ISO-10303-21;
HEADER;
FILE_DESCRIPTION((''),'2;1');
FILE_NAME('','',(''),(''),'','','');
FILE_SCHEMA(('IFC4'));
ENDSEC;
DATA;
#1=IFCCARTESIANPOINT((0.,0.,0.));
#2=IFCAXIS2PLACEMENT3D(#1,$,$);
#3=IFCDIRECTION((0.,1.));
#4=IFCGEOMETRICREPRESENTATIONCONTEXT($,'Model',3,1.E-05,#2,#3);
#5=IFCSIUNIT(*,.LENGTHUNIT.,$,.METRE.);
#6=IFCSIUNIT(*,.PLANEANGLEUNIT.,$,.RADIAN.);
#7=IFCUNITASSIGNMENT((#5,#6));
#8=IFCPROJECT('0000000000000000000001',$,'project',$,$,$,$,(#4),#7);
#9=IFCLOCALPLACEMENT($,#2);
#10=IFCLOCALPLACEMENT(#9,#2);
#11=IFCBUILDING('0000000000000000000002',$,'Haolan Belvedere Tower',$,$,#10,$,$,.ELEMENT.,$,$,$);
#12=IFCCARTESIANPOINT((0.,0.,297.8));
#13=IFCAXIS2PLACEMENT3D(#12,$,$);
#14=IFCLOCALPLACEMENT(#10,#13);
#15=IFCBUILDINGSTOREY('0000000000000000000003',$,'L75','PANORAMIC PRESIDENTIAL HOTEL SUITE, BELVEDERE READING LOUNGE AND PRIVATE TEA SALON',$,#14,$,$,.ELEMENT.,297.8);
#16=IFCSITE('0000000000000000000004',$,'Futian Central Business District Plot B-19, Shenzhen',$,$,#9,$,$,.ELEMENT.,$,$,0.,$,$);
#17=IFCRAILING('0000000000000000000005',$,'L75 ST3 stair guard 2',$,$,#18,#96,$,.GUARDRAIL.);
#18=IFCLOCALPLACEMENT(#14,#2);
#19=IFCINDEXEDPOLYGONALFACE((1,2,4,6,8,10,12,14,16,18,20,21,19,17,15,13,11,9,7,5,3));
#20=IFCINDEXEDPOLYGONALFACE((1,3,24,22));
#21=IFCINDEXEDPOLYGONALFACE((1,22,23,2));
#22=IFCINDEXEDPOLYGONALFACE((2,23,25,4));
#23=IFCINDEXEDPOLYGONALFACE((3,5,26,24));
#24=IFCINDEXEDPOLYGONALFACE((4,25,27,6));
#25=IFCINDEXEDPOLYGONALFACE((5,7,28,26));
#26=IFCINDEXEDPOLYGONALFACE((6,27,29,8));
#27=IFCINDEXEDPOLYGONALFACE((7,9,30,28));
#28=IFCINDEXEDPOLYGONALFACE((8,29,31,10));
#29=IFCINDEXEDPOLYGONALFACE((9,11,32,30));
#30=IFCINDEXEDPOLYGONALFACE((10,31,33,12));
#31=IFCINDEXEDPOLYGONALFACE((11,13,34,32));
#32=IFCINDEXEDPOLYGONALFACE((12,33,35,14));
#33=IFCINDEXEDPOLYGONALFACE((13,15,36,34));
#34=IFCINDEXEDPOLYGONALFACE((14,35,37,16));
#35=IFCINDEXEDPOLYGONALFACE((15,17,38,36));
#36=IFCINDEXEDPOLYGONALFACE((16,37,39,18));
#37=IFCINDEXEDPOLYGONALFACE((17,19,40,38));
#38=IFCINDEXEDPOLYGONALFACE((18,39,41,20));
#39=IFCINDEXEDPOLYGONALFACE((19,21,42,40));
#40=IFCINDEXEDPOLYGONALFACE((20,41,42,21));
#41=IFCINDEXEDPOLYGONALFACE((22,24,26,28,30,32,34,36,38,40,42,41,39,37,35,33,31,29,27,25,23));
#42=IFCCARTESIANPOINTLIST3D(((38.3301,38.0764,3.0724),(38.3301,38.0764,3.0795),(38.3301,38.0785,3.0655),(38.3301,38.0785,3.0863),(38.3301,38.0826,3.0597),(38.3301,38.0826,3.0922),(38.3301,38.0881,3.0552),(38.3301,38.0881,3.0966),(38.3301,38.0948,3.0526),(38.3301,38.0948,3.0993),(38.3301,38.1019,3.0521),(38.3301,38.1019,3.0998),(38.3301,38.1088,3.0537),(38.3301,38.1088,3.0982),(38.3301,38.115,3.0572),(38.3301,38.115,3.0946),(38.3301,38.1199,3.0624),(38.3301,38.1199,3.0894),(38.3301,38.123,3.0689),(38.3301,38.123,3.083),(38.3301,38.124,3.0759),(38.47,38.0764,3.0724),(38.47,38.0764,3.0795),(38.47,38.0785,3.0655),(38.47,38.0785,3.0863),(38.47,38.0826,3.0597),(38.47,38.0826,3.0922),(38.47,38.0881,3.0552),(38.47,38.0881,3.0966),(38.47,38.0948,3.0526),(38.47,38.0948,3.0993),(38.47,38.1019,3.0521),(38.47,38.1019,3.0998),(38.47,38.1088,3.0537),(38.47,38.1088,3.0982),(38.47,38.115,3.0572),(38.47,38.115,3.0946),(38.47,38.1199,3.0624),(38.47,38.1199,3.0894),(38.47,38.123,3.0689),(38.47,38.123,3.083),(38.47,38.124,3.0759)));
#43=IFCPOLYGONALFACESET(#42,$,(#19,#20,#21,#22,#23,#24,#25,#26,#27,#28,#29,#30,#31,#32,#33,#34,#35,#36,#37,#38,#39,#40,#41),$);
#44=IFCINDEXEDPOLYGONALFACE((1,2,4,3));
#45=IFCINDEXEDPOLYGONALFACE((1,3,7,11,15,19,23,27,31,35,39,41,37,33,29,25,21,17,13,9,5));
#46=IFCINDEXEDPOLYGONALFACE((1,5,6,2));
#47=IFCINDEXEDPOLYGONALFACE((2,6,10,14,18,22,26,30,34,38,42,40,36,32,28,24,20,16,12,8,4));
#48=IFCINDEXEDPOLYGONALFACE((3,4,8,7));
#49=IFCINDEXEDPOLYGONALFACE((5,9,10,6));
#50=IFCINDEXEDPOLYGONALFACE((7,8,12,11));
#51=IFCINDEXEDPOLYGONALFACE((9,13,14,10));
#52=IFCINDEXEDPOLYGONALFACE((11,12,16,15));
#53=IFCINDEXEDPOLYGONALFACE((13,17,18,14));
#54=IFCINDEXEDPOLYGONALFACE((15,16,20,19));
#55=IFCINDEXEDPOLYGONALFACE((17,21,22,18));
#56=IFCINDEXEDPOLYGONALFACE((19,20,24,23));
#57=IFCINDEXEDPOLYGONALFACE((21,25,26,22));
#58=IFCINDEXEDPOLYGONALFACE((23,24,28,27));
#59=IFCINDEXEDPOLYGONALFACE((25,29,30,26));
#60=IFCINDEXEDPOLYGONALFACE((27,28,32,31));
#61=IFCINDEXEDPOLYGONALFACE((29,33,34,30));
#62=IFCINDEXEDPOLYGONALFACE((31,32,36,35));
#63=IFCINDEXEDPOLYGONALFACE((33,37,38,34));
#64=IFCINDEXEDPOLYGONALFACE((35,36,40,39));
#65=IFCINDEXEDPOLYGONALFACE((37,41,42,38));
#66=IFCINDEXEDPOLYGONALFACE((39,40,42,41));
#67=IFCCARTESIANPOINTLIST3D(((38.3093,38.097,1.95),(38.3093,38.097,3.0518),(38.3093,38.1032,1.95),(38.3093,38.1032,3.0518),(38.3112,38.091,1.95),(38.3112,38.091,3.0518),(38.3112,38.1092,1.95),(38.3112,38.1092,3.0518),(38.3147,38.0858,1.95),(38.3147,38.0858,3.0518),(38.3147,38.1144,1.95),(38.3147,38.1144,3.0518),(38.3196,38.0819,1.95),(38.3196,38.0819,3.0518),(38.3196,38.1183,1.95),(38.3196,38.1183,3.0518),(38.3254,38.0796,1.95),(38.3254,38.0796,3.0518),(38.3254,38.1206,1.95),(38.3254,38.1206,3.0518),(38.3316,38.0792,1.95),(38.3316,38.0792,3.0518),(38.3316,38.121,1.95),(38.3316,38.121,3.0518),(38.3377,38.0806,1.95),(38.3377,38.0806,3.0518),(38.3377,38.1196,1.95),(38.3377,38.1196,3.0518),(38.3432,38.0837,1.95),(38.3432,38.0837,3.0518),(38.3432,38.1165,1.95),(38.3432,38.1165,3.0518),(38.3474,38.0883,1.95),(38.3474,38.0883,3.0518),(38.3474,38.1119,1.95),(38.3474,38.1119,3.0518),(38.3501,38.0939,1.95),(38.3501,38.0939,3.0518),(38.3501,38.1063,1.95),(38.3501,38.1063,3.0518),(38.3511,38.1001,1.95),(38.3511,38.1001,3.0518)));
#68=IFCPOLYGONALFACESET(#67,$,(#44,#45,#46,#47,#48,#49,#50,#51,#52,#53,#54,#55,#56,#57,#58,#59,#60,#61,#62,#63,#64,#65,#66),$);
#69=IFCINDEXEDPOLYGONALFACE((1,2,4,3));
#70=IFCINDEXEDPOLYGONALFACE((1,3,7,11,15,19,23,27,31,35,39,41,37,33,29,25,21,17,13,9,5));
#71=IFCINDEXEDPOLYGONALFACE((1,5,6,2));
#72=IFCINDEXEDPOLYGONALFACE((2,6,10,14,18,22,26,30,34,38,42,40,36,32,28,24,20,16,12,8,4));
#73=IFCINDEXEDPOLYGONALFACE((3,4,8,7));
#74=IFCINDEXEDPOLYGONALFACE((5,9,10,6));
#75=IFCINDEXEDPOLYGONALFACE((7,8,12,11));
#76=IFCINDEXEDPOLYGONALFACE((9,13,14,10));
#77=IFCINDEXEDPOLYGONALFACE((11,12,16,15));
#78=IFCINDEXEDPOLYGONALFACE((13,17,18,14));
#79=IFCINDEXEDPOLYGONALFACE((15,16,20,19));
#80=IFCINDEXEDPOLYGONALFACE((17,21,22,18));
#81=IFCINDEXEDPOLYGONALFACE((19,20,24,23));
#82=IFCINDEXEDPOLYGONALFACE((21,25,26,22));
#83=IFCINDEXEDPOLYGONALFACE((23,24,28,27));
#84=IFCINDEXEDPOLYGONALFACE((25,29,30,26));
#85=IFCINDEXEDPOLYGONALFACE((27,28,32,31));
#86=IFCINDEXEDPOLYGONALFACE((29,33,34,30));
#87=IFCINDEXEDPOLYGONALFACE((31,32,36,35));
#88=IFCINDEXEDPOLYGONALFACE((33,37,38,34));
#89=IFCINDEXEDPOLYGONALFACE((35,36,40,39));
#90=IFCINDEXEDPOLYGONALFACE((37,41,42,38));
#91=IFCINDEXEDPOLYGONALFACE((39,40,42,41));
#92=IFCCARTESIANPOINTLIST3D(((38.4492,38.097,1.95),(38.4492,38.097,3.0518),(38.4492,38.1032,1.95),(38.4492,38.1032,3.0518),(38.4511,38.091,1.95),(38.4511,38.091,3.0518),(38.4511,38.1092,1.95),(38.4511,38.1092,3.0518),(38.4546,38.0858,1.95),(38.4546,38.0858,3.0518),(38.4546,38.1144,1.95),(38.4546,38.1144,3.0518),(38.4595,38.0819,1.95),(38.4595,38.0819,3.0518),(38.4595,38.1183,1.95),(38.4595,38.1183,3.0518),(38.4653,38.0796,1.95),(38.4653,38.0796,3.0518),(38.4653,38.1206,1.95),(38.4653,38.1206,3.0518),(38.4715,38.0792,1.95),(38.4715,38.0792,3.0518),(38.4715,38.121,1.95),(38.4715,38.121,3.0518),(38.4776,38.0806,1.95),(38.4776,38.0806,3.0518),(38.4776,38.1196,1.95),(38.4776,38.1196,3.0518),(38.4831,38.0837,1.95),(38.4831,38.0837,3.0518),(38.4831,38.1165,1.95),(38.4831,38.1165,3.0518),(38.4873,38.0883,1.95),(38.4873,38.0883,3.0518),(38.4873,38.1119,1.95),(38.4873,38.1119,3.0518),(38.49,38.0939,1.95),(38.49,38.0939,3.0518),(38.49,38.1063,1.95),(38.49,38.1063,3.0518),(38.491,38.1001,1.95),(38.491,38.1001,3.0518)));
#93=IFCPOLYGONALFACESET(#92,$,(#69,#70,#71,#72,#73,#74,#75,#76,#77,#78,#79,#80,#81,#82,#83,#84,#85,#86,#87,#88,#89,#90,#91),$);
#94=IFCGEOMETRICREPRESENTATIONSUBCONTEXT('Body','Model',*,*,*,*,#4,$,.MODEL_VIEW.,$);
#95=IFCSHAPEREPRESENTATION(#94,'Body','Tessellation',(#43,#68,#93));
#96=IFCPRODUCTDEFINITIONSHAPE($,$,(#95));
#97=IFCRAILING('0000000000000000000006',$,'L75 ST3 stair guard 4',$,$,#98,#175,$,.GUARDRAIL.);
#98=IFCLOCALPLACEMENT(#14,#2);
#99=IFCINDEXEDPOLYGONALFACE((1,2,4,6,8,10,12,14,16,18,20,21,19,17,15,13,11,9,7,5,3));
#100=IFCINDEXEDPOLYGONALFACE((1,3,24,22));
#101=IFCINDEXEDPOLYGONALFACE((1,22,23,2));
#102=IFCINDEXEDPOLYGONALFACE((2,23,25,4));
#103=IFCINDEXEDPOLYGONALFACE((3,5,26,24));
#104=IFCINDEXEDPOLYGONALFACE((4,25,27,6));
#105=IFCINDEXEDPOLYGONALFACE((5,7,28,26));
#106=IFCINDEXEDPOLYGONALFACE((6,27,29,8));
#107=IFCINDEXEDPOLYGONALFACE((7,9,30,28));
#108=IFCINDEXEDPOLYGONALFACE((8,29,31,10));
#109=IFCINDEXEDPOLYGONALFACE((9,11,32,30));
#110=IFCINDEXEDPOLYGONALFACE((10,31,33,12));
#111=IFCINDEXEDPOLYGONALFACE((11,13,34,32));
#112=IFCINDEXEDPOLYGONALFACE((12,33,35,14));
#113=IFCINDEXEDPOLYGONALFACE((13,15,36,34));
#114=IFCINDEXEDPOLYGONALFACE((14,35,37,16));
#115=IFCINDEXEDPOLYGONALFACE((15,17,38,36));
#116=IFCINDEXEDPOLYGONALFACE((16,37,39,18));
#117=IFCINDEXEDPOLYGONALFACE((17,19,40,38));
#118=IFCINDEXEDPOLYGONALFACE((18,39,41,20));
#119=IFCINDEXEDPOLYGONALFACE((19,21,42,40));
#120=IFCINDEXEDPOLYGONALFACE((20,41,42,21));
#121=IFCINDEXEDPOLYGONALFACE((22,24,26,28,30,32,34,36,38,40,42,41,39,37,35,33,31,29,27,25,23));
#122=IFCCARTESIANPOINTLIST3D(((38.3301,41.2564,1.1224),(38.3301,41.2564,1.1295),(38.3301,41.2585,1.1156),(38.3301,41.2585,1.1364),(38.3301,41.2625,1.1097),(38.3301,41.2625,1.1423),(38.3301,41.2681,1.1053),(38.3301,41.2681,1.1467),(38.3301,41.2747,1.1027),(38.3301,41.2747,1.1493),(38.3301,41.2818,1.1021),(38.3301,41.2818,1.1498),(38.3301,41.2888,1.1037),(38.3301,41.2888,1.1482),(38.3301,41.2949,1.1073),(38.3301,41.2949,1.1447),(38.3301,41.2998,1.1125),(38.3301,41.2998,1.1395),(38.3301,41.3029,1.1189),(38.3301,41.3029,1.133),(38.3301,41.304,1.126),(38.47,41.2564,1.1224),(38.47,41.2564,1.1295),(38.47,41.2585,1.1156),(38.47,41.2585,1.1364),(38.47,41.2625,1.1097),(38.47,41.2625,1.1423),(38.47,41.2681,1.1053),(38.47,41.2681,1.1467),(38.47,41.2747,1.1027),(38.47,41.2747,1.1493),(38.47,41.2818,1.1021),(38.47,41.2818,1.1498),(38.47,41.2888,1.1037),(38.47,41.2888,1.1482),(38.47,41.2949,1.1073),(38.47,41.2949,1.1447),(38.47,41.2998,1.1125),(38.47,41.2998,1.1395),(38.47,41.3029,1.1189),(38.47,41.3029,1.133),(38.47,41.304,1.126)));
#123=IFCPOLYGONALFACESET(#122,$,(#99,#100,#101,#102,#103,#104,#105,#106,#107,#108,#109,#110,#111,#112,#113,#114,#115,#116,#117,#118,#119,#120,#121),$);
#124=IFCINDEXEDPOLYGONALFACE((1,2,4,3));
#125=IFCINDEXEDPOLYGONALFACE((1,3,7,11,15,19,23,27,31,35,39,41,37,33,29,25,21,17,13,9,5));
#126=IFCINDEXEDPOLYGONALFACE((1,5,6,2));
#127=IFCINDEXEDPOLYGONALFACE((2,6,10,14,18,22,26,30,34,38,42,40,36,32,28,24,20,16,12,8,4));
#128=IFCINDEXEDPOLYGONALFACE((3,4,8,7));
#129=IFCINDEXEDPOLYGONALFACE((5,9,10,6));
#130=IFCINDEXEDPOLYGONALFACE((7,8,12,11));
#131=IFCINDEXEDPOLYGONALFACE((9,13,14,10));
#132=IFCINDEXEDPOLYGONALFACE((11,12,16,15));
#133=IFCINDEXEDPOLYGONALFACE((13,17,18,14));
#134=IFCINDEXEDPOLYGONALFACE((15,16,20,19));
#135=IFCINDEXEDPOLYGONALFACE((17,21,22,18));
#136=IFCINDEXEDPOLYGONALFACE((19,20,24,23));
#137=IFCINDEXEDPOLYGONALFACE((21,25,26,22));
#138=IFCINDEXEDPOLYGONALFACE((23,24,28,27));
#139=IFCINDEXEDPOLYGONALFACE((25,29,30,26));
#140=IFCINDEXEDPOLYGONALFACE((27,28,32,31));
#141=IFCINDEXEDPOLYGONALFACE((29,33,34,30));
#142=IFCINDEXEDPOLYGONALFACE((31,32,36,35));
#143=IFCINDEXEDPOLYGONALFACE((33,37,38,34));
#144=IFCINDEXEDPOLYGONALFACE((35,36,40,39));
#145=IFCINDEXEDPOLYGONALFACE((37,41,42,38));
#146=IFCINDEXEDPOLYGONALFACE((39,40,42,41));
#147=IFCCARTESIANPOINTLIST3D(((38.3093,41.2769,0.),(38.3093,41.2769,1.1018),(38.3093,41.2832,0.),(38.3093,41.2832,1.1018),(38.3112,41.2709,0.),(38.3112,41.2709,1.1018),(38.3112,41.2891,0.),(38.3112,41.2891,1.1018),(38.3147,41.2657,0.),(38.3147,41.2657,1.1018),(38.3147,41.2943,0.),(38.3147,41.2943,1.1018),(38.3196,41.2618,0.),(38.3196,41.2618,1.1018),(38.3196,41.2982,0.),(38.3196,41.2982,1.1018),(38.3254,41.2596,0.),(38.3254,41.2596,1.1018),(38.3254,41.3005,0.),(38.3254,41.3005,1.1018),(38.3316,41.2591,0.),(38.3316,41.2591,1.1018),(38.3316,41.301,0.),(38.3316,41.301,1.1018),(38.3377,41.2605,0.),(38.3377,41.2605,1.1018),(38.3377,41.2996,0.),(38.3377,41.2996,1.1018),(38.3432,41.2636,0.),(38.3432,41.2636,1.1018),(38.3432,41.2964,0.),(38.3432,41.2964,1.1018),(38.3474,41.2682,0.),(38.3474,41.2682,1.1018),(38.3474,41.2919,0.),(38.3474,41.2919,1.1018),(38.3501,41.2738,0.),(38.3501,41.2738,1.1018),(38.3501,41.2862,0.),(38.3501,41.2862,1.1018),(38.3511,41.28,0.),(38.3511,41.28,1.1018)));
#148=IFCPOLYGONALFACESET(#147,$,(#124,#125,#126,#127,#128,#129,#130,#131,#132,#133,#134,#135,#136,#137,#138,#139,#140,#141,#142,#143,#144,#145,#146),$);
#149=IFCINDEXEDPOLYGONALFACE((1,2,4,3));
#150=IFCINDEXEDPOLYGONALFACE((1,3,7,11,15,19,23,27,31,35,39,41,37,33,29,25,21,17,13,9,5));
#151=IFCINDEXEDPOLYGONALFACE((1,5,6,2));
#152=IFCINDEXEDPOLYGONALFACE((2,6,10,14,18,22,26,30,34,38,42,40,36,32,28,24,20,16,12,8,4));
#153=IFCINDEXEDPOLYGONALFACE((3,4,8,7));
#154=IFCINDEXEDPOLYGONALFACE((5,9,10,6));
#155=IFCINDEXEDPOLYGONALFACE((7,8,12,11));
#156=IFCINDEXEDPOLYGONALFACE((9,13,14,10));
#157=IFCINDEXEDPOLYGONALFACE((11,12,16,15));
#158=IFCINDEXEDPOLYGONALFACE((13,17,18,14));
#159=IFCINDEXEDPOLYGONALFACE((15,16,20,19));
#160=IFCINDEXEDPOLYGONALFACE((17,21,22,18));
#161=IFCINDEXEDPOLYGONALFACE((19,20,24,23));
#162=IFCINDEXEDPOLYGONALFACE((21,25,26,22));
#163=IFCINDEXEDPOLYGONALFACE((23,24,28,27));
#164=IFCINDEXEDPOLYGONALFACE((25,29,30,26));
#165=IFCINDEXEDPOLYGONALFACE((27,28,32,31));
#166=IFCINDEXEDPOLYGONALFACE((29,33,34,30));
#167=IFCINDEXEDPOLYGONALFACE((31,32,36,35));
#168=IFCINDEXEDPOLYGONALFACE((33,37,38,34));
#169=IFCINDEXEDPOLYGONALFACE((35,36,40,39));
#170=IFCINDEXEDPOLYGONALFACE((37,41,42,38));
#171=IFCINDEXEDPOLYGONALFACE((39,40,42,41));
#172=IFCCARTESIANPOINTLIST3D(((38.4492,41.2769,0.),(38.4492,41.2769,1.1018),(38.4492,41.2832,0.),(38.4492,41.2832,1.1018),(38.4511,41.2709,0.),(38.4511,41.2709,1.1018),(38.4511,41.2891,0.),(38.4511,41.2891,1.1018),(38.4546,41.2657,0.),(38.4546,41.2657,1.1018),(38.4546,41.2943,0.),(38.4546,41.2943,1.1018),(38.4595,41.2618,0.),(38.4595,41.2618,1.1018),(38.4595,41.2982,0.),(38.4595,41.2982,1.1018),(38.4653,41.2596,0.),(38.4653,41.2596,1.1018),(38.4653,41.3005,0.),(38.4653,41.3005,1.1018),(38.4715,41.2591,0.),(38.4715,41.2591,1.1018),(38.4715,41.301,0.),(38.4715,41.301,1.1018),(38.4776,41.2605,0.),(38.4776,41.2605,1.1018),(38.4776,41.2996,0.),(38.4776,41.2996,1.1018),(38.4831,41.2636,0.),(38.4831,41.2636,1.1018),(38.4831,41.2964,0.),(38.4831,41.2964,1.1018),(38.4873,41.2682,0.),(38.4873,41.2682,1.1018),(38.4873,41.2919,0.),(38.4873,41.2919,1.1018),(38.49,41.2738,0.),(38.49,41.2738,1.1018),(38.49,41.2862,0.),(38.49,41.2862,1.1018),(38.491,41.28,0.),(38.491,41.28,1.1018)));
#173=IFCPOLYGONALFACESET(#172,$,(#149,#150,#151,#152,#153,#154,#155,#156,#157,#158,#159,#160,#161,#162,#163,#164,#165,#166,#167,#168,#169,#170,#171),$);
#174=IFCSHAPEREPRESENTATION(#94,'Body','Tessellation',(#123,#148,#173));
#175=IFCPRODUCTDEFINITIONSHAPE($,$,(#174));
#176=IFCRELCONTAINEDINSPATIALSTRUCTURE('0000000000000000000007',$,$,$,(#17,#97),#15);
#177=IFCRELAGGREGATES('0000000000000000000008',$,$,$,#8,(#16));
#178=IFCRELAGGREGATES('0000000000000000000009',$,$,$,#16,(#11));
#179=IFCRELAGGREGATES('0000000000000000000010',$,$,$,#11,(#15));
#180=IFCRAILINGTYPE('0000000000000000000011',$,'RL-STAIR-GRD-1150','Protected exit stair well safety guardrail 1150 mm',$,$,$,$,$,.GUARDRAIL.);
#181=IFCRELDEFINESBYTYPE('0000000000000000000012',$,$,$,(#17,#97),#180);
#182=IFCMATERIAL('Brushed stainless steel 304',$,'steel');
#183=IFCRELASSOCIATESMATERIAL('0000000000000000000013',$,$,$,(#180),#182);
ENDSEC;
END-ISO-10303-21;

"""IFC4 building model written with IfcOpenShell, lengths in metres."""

from ifc_helpers import new_model, si_unit, direction, frame, origin, origin_2d, place, context, subcontext, project, spatial, circle, extrude, material, type_object, element, save


model = new_model("IFC4")

# Units and contexts
model_context = context("Model", 3, precision=1e-05, world=origin(), true_north=direction((0.0, 1.0)))
body_context = subcontext(model_context, "Body", "Model", "MODEL_VIEW")
ifc_project = project(units=[si_unit("LENGTHUNIT", "METRE"), si_unit("PLANEANGLEUNIT", "RADIAN")], contexts=[model_context])

# Site, building, storey
site_placement = place(None, origin())
site = spatial("IfcSite", under=ifc_project, at=site_placement, Name="Futian Central Business District Plot B-19, Shenzhen", CompositionType="ELEMENT", RefElevation=0.0)
building_placement = place(site_placement, origin())
building = spatial("IfcBuilding", under=site, at=building_placement, Name="Haolan Belvedere Tower", CompositionType="ELEMENT")
storey_placement = place(building_placement, frame((0.0, 0.0, 297.8)))
storey = spatial("IfcBuildingStorey", under=building, at=storey_placement, Name="L75", Description="PANORAMIC PRESIDENTIAL HOTEL SUITE, BELVEDERE READING LOUNGE AND PRIVATE TEA SALON", CompositionType="ELEMENT", Elevation=297.8)

# Railings
ifc_material_1 = material(Name="Brushed stainless steel 304", Category="steel")
railing_type_1 = type_object("IfcRailingType", Name="RL-STAIR-GRD-1150", Description="Protected exit stair well safety guardrail 1150 mm", PredefinedType="GUARDRAIL", material=ifc_material_1)
for number, where, name in (
    (1, (38.3301, 38.1001, 1.95), "L75 ST3 stair guard 2"),
    (2, (38.3301, 41.28, 0.0), "L75 ST3 stair guard 4"),
):
    element("IfcRailing", number, at=place(storey_placement, frame(where)), inside=storey, type_object=railing_type_1, Name=name, PredefinedType="GUARDRAIL", context=body_context, shape_type="SweptSolid", body=[
        extrude(circle(Radius=0.0239, at=origin_2d()), frame((0.0, 0.0, 1.126), z_axis=(1.0, 0.0, 0.0), x_axis=(0.0, 1.0, 0.0)), (0.0, 0.0, 1.0), 0.1399),
        extrude(circle(Radius=0.021, at=origin_2d()), origin(), (0.0, 0.0, 1.0), 1.1018),
        extrude(circle(Radius=0.021, at=origin_2d()), frame((0.1399, 0.0, 0.0)), (0.0, 0.0, 1.0), 1.1018),
    ])

save(model, "model.ifc")
